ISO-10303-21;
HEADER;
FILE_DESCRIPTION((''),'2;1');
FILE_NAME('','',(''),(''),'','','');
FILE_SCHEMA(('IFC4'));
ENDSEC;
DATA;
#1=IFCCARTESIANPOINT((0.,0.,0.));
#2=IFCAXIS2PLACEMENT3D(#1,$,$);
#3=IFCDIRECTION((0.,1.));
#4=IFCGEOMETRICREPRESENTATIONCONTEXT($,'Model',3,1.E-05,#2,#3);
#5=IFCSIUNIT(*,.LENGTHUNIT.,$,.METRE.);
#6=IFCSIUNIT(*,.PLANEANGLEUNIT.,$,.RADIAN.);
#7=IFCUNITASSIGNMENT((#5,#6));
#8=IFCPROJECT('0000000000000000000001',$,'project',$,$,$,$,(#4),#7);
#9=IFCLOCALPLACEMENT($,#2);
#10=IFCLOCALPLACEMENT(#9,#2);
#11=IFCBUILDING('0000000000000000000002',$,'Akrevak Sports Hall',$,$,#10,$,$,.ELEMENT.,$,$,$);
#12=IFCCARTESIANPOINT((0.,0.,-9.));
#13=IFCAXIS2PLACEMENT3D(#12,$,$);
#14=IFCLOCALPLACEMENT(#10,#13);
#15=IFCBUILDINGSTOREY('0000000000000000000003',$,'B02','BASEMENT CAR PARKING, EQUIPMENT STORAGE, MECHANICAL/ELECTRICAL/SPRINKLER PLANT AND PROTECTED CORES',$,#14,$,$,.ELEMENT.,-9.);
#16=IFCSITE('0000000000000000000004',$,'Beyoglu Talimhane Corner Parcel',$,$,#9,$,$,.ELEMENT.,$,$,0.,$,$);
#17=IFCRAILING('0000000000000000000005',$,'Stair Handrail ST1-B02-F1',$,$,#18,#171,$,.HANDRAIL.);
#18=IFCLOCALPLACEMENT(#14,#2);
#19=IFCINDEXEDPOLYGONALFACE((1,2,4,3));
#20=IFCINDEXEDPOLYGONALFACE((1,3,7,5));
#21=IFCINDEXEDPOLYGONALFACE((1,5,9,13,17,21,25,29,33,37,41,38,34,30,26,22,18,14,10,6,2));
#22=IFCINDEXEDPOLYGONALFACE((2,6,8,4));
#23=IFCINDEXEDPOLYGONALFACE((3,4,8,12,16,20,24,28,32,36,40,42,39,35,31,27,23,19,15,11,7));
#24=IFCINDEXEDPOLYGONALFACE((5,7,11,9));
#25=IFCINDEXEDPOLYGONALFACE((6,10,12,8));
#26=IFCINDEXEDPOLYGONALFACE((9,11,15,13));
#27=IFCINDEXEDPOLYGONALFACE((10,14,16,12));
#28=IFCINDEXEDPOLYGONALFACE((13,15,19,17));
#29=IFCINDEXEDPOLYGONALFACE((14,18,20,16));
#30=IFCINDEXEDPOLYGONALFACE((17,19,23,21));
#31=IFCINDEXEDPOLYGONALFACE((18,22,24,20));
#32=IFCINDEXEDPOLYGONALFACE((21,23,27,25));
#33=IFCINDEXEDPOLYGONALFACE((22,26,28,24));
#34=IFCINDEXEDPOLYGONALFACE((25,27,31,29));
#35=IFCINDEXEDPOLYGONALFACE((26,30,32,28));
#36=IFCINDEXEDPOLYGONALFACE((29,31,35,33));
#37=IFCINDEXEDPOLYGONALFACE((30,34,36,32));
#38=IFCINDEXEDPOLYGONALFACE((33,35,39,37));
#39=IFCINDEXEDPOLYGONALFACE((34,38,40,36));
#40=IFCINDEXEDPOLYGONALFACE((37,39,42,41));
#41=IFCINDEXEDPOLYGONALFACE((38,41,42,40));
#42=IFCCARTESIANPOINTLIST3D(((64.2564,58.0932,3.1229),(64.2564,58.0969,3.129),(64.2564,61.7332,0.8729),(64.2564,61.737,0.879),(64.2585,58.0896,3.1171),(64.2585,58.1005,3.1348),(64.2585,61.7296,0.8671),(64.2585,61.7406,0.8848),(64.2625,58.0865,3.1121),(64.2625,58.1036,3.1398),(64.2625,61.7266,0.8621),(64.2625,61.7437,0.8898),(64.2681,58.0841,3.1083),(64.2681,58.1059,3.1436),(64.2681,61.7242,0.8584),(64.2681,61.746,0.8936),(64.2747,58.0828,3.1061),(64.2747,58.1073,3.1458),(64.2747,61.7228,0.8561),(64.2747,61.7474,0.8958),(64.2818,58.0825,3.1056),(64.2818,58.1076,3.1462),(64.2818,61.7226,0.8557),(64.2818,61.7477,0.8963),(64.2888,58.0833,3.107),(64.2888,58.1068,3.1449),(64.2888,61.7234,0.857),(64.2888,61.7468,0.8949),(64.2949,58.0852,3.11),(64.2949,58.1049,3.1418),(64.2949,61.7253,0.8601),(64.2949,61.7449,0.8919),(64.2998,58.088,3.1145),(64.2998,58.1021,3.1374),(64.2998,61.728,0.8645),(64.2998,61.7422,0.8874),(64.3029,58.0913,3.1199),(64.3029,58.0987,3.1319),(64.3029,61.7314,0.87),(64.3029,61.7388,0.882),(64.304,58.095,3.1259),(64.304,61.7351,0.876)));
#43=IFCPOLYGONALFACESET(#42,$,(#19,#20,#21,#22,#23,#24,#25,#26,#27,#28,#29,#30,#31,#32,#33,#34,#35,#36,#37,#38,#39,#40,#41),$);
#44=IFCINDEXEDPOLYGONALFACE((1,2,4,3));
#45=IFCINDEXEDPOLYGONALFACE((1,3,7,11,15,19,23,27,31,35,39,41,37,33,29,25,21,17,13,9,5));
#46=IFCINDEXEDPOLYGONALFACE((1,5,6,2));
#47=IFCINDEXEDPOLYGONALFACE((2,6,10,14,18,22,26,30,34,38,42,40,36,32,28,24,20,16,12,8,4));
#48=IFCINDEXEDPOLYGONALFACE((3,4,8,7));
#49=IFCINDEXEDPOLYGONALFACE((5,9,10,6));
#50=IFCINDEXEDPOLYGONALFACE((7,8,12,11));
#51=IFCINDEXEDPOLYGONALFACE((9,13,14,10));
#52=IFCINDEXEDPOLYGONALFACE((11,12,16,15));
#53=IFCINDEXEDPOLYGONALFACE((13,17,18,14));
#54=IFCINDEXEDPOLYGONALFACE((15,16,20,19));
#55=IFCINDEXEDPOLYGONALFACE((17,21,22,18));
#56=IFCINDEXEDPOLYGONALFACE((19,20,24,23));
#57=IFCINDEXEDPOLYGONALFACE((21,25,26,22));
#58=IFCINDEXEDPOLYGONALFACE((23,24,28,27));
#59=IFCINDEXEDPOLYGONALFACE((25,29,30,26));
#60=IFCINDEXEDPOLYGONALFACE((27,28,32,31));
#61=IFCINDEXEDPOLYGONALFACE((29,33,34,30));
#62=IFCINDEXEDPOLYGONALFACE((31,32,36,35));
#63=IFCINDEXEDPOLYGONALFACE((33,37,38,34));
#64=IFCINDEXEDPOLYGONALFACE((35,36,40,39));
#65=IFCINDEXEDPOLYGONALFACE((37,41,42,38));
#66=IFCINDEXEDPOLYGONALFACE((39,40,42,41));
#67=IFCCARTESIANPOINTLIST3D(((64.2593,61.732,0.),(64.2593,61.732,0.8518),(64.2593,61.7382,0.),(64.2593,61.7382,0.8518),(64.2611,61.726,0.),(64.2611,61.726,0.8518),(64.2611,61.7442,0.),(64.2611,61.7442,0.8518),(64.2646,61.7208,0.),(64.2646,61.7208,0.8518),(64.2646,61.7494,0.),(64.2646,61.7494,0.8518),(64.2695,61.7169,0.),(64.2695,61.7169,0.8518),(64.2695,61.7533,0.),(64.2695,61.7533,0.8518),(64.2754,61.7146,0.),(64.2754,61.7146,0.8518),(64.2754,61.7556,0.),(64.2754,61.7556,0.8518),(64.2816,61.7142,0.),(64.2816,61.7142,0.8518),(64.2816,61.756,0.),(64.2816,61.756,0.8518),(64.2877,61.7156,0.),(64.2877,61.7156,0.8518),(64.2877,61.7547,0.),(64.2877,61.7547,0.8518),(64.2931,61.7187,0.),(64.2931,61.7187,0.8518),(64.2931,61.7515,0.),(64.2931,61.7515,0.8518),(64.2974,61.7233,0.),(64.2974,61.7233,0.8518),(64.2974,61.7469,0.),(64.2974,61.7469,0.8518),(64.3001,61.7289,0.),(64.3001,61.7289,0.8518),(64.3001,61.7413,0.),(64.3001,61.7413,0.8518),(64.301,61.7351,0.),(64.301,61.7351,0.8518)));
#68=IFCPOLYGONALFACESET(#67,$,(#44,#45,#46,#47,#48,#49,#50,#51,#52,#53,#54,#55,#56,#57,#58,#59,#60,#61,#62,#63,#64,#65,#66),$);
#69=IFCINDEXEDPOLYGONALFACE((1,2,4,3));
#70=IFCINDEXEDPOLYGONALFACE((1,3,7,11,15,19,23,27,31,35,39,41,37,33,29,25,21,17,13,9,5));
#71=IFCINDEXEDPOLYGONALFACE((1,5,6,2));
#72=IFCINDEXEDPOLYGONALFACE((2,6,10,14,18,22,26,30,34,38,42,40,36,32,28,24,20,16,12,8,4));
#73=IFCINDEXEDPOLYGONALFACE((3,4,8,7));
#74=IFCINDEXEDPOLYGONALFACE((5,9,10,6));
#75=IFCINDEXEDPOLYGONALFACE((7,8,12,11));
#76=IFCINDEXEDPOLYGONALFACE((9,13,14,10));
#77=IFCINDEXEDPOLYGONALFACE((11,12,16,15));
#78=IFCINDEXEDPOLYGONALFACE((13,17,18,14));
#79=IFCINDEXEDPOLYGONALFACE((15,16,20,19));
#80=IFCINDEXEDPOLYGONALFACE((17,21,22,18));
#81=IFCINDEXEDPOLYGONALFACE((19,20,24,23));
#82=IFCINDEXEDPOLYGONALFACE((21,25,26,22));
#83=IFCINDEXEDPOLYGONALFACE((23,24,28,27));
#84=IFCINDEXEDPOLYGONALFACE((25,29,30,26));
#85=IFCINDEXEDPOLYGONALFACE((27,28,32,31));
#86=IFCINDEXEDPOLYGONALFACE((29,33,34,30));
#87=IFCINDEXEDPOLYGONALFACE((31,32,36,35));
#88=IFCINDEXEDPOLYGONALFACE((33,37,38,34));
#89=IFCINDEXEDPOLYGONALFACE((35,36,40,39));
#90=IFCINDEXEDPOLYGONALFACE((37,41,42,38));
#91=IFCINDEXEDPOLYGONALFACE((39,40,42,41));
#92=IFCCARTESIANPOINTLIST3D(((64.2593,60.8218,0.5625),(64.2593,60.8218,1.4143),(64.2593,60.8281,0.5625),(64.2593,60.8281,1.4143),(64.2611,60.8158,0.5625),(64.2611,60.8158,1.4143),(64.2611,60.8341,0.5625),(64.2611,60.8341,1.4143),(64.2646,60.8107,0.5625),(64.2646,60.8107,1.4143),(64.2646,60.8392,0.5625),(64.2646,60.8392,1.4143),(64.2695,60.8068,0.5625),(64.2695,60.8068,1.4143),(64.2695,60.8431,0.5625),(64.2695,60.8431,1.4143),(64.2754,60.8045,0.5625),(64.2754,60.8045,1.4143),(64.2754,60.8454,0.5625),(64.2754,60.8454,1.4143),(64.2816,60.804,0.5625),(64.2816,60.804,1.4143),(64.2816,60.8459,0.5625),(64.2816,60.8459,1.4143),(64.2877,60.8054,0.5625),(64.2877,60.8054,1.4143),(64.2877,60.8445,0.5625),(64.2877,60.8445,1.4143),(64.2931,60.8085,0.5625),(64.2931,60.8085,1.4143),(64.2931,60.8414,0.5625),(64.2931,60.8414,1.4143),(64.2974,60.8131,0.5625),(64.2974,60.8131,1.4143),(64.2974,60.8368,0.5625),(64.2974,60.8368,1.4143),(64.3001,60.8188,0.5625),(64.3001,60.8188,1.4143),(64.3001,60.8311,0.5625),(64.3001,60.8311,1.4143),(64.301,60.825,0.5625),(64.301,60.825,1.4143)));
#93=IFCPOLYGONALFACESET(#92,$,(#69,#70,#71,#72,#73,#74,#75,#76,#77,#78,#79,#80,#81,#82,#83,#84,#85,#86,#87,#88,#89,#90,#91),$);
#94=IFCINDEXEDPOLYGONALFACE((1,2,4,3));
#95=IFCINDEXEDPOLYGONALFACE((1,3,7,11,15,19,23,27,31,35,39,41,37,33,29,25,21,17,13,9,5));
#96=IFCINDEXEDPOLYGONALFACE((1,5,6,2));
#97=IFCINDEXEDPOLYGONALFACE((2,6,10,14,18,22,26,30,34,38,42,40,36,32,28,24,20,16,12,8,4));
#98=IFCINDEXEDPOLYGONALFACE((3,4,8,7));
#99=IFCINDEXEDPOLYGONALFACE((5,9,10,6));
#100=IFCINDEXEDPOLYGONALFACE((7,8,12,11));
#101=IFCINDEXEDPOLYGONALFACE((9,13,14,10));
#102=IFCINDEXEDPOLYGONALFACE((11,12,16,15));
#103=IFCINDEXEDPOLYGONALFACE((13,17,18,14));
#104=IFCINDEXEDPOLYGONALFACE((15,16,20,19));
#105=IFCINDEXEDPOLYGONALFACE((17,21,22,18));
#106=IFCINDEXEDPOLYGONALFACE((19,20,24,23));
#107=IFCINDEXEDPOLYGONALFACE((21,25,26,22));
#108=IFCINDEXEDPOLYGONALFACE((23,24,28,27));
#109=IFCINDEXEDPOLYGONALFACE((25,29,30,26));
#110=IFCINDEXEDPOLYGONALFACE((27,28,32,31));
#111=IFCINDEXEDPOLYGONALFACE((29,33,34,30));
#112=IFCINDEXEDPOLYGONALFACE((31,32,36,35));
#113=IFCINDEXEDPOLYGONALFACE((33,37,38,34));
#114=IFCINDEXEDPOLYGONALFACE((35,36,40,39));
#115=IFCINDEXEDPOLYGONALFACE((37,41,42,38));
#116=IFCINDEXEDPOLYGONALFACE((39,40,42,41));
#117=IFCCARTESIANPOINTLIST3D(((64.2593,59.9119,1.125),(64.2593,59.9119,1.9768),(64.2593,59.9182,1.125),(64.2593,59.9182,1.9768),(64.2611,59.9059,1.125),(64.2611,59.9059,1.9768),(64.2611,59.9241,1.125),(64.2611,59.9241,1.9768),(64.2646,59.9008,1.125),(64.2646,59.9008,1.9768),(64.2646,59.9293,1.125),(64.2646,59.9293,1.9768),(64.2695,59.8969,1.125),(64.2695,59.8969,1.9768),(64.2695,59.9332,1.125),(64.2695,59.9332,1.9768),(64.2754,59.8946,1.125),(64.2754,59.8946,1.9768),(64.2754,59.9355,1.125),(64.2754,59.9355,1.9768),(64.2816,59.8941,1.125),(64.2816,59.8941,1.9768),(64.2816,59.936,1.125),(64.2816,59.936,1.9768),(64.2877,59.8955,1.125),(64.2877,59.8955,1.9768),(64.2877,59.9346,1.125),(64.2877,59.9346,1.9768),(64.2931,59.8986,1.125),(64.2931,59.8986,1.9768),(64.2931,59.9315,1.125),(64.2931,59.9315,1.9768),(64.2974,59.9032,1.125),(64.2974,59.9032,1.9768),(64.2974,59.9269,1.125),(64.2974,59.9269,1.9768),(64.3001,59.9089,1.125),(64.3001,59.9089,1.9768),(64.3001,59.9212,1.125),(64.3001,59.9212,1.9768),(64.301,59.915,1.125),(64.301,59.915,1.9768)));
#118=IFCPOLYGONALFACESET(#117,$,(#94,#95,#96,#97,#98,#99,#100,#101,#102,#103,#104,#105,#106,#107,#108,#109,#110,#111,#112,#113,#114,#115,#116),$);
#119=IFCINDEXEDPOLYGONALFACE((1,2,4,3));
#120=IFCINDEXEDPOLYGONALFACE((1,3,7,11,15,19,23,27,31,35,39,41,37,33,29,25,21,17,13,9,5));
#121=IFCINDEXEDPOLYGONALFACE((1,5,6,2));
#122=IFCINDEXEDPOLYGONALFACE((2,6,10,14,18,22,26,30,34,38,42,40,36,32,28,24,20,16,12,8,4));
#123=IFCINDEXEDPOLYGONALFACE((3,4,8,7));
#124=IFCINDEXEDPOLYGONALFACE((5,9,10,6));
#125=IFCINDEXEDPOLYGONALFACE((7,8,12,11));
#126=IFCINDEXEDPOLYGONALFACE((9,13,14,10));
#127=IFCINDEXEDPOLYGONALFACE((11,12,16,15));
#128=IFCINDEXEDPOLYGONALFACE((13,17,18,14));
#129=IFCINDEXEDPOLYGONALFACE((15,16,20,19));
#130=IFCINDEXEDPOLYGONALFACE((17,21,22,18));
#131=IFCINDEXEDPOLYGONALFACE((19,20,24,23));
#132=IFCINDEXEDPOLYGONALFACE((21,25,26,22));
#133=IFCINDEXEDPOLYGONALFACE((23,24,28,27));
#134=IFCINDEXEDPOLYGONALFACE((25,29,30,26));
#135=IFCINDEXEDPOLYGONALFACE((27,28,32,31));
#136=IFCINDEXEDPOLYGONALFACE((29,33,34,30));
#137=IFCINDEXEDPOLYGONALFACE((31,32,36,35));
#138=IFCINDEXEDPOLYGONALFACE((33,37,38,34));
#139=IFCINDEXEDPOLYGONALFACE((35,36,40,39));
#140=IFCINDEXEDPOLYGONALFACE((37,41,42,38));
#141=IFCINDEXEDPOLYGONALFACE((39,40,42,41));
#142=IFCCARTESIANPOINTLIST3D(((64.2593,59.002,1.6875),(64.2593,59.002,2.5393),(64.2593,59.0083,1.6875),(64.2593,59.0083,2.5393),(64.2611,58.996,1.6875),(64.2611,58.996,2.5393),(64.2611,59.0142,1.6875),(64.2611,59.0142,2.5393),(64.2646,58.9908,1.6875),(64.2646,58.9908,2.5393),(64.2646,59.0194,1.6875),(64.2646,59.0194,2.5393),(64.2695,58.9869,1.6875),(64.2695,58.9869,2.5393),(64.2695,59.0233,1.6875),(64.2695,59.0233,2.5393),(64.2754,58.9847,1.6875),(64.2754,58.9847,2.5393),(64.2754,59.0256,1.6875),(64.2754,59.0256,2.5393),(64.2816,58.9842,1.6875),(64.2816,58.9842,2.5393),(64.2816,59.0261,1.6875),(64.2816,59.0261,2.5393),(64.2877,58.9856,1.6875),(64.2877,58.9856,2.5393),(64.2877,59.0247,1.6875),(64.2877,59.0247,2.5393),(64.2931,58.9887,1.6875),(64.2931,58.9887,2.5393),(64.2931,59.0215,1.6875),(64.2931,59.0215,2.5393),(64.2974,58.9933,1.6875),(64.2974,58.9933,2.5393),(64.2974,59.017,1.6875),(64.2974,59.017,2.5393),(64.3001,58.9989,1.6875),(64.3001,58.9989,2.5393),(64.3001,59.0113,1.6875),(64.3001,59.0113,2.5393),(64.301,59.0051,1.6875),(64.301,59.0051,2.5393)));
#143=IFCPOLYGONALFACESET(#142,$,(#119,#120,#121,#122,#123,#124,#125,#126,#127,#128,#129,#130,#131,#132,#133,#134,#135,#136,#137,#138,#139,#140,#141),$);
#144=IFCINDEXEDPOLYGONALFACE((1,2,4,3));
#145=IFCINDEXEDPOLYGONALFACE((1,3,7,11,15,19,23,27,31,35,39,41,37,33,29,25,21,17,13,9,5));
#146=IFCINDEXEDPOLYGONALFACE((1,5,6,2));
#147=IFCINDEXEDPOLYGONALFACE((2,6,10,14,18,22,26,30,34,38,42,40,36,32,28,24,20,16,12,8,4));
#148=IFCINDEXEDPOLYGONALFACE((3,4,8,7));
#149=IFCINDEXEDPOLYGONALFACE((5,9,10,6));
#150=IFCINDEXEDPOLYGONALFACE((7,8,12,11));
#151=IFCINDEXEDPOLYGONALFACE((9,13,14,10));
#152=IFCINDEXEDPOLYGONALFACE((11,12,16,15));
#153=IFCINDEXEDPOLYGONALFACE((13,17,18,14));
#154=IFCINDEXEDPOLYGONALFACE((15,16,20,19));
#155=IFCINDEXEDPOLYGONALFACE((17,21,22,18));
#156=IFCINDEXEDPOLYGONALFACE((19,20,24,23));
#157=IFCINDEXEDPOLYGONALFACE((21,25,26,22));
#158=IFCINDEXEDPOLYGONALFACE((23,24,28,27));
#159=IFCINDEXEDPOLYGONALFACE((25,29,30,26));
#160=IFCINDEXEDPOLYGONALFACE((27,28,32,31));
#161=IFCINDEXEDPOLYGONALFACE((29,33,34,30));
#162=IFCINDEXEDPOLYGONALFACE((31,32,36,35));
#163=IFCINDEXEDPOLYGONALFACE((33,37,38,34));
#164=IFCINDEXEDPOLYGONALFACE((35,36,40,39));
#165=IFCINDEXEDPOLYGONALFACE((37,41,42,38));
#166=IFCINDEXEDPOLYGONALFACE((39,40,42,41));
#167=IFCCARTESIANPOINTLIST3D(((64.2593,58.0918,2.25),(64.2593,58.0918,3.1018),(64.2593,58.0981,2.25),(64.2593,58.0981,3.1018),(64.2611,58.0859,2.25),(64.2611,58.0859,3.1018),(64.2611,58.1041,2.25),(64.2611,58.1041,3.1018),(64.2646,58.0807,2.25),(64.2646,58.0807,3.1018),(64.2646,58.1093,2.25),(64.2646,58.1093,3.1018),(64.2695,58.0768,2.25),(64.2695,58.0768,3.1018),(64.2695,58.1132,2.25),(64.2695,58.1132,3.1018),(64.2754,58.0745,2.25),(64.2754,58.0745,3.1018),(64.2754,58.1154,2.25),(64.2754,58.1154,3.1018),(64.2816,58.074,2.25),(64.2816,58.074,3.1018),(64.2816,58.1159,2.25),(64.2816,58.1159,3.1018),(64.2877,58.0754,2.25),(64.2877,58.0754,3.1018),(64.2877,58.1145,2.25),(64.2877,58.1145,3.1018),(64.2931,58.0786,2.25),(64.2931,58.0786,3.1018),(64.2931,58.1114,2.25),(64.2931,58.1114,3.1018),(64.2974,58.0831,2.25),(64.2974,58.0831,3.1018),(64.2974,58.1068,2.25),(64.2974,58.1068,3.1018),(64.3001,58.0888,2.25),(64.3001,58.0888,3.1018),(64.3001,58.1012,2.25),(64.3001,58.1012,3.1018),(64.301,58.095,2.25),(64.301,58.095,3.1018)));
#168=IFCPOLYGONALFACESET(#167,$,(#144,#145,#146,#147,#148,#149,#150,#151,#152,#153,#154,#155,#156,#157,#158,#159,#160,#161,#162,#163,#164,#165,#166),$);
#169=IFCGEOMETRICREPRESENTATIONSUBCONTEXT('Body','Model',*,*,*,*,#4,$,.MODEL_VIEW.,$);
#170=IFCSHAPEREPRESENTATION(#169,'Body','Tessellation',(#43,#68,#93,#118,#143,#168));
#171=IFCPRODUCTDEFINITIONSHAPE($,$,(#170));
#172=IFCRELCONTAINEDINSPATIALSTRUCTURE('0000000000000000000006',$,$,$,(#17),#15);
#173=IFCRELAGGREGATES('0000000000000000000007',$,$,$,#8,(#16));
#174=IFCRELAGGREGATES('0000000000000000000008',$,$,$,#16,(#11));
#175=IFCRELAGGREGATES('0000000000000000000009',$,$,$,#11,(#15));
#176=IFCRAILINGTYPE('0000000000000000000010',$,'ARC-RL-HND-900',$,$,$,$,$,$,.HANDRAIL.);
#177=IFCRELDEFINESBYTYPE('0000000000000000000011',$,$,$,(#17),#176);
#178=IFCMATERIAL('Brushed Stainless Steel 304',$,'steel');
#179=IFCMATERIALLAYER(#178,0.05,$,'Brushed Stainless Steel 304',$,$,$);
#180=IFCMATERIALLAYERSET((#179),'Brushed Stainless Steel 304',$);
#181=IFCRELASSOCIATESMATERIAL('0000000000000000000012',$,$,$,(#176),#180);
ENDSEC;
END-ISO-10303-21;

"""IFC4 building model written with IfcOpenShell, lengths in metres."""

from ifc_helpers import new_model, si_unit, direction, frame, origin, origin_2d, place, context, subcontext, project, spatial, circle, extrude, material, layer, layer_set, type_object, element, save


model = new_model("IFC4")

# Units and contexts
model_context = context("Model", 3, precision=1e-05, world=origin(), true_north=direction((0.0, 1.0)))
body_context = subcontext(model_context, "Body", "Model", "MODEL_VIEW")
ifc_project = project(units=[si_unit("LENGTHUNIT", "METRE"), si_unit("PLANEANGLEUNIT", "RADIAN")], contexts=[model_context])

# Site, building, storey
site_placement = place(None, origin())
site = spatial("IfcSite", under=ifc_project, at=site_placement, Name="Beyoglu Talimhane Corner Parcel", CompositionType="ELEMENT", RefElevation=0.0)
building_placement = place(site_placement, origin())
building = spatial("IfcBuilding", under=site, at=building_placement, Name="Akrevak Sports Hall", CompositionType="ELEMENT")
storey_placement = place(building_placement, frame((0.0, 0.0, -9.0)))
storey = spatial("IfcBuildingStorey", under=building, at=storey_placement, Name="B02", Description="BASEMENT CAR PARKING, EQUIPMENT STORAGE, MECHANICAL/ELECTRICAL/SPRINKLER PLANT AND PROTECTED CORES", CompositionType="ELEMENT", Elevation=-9.0)

# Railing
ifc_material_1 = material(Name="Brushed Stainless Steel 304", Category="steel")
ifc_layer_1 = layer(ifc_material_1, 0.05, Name="Brushed Stainless Steel 304")
ifc_layer_set_1 = layer_set([ifc_layer_1], Name="Brushed Stainless Steel 304")
railing_type_1 = type_object("IfcRailingType", Name="ARC-RL-HND-900", PredefinedType="HANDRAIL", material=ifc_layer_set_1)
railing_1_placement = place(storey_placement, frame((64.28, 61.7351, 0.0)))
element("IfcRailing", 1, at=railing_1_placement, inside=storey, type_object=railing_type_1, Name="Stair Handrail ST1-B02-F1", PredefinedType="HANDRAIL", context=body_context, shape_type="SweptSolid", body=[
    extrude(circle(Radius=0.0239, at=origin_2d()), frame((0.0, 0.0, 0.876), z_axis=(0.0, -0.850622, 0.525777), x_axis=(1.0, 0.0, 0.0)), (0.0, 0.0, 1.0), 4.2793),
    extrude(circle(Radius=0.021, at=origin_2d()), origin(), (0.0, 0.0, 1.0), 0.8518),
    extrude(circle(Radius=0.021, at=origin_2d()), frame((0.0, -0.9102, 0.5625)), (0.0, 0.0, 1.0), 0.8518),
    extrude(circle(Radius=0.021, at=origin_2d()), frame((0.0, -1.8201, 1.125)), (0.0, 0.0, 1.0), 0.8518),
    extrude(circle(Radius=0.021, at=origin_2d()), frame((0.0, -2.73, 1.6875)), (0.0, 0.0, 1.0), 0.8518),
    extrude(circle(Radius=0.021, at=origin_2d()), frame((0.0, -3.6401, 2.25)), (0.0, 0.0, 1.0), 0.8518),
])

save(model, "model.ifc")
